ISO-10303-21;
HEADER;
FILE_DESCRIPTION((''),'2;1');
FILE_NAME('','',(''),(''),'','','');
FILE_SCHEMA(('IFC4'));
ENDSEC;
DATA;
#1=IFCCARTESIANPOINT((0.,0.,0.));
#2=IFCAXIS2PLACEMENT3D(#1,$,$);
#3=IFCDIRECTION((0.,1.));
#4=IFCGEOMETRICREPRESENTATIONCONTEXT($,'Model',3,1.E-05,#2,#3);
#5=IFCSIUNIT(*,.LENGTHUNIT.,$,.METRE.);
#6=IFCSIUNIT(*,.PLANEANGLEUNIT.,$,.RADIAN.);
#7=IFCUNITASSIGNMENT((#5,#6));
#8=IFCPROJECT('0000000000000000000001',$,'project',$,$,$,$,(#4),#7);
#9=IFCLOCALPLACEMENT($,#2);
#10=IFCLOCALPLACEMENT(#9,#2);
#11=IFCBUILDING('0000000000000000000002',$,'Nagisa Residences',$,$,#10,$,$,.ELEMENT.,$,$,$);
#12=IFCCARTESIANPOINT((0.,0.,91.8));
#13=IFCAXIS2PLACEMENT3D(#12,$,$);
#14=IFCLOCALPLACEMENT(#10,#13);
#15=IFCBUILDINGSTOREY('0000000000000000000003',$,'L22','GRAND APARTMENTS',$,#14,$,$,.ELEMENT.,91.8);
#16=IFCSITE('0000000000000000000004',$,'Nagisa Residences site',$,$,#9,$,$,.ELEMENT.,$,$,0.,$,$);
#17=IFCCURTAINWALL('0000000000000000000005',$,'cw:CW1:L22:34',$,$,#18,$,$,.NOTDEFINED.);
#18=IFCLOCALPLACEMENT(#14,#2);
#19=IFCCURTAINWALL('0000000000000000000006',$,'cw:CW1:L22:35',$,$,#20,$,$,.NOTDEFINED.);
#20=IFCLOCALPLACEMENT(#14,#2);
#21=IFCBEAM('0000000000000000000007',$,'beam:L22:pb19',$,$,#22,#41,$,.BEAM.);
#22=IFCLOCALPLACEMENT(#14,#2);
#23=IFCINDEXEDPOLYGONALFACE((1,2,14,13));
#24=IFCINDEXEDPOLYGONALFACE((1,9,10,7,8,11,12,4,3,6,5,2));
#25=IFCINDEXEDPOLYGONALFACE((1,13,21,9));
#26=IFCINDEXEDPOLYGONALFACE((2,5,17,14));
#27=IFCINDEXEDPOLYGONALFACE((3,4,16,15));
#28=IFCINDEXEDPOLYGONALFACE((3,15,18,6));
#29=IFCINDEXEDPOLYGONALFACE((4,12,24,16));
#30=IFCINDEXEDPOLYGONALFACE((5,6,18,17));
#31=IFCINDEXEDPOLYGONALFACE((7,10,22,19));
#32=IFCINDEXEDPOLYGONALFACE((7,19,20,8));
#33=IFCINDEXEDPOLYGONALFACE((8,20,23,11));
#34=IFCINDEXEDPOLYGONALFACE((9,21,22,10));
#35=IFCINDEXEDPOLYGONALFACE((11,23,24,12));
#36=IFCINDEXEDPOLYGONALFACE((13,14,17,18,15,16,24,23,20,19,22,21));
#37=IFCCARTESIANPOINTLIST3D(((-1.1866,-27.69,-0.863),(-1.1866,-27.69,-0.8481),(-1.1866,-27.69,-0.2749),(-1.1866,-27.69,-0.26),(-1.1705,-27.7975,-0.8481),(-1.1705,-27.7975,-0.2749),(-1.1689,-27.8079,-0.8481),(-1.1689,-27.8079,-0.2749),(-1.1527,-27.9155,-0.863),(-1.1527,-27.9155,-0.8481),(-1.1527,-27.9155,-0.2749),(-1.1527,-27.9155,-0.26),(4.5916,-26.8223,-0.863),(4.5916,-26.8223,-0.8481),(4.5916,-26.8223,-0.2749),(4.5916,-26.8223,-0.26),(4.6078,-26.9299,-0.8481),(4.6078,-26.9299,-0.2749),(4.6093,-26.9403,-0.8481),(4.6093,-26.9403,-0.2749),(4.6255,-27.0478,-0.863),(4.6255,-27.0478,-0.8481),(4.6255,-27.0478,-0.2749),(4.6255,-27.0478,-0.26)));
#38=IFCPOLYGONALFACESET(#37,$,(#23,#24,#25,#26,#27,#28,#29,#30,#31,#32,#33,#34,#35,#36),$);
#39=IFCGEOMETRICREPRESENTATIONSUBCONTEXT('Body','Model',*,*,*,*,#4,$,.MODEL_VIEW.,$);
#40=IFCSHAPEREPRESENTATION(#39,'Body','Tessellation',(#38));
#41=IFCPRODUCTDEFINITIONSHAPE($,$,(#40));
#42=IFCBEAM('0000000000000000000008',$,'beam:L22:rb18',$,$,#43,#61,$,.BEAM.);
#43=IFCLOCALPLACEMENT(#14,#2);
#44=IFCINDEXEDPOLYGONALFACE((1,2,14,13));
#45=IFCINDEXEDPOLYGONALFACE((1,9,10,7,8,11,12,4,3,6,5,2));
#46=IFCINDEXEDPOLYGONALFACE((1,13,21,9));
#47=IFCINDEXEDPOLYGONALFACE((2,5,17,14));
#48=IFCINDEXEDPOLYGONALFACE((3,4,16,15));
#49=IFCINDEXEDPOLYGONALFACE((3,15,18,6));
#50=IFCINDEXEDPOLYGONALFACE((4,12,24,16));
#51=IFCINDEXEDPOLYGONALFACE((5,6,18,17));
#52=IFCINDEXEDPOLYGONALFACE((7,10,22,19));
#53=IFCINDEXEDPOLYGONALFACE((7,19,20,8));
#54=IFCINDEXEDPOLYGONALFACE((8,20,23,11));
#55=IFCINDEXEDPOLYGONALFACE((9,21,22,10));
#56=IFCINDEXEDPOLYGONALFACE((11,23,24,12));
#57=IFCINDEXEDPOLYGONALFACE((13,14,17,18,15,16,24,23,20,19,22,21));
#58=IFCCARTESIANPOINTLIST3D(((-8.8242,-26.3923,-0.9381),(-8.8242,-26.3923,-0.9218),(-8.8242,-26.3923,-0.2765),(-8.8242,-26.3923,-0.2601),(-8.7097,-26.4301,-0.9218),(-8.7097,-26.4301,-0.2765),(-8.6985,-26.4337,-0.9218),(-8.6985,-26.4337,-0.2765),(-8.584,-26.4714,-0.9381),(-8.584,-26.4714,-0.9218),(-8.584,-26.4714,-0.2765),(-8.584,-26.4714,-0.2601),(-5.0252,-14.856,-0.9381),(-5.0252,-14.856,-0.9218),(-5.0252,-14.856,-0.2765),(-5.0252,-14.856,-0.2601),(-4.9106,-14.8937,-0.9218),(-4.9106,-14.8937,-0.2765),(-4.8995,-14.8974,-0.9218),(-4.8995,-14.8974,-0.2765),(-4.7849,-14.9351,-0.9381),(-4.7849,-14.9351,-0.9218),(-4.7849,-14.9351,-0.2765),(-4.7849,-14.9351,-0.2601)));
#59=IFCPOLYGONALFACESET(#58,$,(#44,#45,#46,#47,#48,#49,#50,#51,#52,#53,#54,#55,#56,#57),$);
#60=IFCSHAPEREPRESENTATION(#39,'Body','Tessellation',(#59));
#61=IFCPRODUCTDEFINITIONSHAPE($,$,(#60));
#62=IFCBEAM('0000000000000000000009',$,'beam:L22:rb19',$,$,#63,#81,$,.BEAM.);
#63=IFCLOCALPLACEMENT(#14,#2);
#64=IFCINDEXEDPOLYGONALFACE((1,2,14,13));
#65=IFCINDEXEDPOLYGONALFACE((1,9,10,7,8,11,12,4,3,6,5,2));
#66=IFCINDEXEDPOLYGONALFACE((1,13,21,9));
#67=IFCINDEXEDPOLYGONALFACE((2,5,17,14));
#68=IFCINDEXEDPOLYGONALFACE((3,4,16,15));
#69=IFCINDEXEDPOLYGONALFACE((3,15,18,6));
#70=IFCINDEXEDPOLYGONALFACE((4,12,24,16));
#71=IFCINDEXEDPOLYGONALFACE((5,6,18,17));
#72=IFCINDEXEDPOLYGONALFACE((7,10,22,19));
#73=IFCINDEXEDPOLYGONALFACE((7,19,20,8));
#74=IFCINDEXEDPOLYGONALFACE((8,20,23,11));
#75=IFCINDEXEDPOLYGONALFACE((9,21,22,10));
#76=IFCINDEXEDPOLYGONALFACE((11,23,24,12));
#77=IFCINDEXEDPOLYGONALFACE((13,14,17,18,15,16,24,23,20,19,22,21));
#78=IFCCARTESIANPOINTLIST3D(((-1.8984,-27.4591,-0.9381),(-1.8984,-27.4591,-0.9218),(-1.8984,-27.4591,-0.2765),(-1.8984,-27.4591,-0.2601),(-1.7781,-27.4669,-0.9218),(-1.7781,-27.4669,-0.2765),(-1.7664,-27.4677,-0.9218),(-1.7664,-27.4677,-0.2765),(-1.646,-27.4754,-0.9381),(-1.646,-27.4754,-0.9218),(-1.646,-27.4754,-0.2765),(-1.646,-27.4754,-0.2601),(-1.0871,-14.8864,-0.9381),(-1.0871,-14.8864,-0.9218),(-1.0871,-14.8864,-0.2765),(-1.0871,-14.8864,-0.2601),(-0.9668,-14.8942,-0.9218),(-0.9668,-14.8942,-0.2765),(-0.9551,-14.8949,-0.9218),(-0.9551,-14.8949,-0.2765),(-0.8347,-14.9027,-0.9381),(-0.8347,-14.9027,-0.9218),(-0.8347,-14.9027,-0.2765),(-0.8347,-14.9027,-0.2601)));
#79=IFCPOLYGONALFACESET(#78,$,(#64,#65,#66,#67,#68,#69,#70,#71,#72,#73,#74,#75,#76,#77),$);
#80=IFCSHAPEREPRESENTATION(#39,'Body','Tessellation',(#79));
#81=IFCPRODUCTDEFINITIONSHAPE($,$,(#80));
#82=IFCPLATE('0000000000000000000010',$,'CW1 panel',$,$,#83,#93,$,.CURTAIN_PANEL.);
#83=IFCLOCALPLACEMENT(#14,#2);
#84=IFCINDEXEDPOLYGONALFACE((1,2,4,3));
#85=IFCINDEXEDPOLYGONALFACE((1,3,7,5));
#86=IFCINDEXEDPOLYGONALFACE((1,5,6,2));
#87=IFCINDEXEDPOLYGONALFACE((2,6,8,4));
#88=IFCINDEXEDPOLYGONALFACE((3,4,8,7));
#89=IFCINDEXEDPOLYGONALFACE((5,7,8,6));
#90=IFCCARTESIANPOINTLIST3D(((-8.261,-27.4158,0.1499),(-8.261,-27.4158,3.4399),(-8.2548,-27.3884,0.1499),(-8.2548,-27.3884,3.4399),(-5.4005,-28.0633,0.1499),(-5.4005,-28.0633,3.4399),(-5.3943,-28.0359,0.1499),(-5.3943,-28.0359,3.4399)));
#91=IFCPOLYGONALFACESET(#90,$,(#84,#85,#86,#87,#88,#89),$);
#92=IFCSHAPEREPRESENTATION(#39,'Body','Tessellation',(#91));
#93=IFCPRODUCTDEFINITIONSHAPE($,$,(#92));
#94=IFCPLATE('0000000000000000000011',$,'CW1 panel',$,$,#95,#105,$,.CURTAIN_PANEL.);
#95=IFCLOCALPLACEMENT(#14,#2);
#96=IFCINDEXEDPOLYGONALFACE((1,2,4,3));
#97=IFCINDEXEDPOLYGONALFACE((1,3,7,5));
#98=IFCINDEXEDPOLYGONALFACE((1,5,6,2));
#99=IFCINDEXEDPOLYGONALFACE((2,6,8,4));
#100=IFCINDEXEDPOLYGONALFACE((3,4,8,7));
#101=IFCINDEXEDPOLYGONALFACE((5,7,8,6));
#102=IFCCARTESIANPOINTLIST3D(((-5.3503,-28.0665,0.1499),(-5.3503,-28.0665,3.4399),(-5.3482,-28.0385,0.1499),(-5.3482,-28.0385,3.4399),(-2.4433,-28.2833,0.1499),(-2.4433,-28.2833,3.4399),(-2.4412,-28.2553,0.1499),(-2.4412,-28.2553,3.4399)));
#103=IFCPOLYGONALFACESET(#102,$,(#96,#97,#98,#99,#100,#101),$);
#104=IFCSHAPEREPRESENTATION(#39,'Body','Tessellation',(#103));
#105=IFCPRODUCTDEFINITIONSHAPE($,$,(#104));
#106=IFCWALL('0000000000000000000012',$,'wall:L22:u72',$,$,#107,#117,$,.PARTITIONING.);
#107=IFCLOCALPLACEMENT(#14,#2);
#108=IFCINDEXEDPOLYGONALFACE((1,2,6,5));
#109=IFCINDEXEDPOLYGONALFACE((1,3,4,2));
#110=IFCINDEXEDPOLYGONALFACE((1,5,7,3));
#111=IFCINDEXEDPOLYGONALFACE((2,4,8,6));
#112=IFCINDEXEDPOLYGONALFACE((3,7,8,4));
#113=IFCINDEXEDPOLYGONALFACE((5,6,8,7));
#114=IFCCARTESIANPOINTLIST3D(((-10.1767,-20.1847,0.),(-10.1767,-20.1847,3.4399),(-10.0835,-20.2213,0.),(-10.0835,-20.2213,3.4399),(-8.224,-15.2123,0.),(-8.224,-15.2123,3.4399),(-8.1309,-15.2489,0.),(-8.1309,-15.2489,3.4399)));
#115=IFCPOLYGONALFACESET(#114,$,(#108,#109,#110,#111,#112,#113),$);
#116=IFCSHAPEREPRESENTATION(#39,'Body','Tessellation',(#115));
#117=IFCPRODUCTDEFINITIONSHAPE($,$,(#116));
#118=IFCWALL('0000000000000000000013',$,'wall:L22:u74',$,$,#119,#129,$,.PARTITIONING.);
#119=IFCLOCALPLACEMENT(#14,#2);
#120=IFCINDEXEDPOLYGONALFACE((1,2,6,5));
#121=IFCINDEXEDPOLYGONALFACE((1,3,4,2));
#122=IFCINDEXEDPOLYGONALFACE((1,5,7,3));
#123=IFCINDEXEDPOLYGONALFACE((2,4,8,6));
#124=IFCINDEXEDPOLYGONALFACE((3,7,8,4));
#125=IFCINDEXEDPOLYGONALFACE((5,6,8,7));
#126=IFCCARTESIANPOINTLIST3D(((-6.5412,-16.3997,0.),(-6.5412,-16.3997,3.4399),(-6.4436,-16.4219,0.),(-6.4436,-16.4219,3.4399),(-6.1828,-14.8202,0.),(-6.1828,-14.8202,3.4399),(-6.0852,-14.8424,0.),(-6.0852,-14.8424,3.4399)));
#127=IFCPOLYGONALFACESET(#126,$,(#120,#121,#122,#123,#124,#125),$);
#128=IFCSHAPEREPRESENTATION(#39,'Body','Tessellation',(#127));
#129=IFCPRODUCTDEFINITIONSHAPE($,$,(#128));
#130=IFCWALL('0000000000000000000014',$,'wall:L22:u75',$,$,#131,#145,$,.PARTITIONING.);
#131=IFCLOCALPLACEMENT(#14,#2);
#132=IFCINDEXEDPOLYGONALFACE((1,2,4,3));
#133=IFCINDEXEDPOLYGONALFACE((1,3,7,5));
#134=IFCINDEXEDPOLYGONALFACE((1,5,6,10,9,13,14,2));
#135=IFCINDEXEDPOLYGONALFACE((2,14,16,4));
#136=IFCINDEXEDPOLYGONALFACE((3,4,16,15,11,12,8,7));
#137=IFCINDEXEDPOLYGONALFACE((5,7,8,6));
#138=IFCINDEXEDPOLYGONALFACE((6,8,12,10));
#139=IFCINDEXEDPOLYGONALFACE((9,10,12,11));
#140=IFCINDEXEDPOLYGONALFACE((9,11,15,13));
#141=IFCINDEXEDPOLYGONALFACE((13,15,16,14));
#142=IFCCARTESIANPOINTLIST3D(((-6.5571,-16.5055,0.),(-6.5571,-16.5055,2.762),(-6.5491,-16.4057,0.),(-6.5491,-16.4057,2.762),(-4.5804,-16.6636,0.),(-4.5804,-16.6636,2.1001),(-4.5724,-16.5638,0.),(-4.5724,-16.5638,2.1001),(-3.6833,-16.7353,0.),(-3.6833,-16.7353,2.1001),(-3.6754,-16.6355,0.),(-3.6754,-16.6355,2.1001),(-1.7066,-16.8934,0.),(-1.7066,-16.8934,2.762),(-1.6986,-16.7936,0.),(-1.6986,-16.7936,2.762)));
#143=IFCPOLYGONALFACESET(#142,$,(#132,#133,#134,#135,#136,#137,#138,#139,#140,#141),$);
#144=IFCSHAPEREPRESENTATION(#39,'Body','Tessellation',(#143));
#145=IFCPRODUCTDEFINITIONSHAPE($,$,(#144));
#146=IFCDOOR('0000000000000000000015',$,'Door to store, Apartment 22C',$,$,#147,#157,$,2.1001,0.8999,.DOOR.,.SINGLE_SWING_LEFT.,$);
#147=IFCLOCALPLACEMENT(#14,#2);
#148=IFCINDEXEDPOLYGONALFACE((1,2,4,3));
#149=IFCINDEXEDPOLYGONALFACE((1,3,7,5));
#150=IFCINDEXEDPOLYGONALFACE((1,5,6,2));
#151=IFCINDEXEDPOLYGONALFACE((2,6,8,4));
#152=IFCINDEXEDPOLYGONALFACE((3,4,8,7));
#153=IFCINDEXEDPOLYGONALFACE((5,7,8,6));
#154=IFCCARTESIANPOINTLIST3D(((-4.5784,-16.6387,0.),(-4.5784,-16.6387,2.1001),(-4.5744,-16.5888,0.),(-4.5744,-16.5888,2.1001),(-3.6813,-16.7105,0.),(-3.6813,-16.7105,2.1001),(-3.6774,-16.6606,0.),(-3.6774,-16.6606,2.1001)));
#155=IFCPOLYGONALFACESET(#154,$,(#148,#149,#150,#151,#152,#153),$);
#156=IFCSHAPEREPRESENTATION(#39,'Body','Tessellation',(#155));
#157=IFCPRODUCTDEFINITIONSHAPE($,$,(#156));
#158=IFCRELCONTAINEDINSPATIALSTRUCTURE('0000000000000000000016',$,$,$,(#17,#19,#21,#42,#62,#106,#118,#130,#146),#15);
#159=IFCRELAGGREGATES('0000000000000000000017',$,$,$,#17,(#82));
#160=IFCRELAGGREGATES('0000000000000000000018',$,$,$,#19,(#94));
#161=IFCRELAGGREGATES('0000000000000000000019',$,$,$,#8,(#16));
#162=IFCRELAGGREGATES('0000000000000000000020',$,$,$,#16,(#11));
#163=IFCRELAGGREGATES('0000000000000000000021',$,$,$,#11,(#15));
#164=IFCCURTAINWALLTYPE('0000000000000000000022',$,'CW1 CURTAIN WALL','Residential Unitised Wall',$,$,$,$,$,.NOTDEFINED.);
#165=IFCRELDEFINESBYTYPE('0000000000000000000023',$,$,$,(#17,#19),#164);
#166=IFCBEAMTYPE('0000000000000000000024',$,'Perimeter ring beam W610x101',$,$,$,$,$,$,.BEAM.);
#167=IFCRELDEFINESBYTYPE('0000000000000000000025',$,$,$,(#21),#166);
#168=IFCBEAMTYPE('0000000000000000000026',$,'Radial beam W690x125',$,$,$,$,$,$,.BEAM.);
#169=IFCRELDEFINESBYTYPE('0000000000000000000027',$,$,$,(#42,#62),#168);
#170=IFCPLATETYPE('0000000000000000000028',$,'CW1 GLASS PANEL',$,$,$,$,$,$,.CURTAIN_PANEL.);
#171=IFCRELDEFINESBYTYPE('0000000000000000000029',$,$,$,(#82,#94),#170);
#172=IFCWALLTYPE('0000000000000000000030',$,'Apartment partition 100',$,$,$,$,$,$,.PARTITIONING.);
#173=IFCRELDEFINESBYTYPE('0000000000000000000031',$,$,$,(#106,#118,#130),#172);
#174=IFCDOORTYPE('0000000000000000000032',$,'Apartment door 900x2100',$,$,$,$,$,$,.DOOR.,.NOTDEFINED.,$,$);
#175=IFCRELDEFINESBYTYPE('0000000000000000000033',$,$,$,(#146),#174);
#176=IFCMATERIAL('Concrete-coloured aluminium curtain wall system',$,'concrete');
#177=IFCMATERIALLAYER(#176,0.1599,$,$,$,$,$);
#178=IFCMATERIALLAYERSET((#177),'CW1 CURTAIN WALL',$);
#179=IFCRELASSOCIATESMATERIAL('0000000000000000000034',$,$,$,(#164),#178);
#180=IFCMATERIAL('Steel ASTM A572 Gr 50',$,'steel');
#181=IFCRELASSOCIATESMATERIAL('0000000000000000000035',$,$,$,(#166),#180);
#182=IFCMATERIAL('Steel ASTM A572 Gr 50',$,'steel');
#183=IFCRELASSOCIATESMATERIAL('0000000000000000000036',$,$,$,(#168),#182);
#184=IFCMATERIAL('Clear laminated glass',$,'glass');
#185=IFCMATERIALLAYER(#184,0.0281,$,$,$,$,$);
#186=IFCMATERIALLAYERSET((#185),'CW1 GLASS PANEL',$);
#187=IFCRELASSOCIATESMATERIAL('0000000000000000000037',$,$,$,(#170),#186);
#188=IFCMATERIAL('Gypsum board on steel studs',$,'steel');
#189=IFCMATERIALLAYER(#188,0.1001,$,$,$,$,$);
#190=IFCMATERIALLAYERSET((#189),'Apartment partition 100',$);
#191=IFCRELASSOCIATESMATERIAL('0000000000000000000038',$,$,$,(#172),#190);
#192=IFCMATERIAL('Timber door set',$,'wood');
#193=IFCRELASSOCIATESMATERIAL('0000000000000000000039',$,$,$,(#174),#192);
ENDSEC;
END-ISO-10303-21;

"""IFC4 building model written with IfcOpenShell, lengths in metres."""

from ifc_helpers import new_model, si_unit, direction, frame, frame_2d, origin, origin_2d, place, context, subcontext, project, spatial, rectangle, i_section, extrude, material, layer, layer_set, material_profile, profile_set, type_object, element, fill, aggregate, save


model = new_model("IFC4")

# Units and contexts
model_context = context("Model", 3, precision=1e-05, world=origin(), true_north=direction((0.0, 1.0)))
body_context = subcontext(model_context, "Body", "Model", "MODEL_VIEW")
ifc_project = project(units=[si_unit("LENGTHUNIT", "METRE"), si_unit("PLANEANGLEUNIT", "RADIAN")], contexts=[model_context])

# Site, building, storey
site_placement = place(None, origin())
site = spatial("IfcSite", under=ifc_project, at=site_placement, Name="Nagisa Residences site", CompositionType="ELEMENT", RefElevation=0.0)
building_placement = place(site_placement, origin())
building = spatial("IfcBuilding", under=site, at=building_placement, Name="Nagisa Residences", CompositionType="ELEMENT")
storey_placement = place(building_placement, frame((0.0, 0.0, 91.8)))
storey = spatial("IfcBuildingStorey", under=building, at=storey_placement, Name="L22", Description="GRAND APARTMENTS", CompositionType="ELEMENT", Elevation=91.8)

# Curtain walls
ifc_material_1 = material(Name="Concrete-coloured aluminium curtain wall system", Category="concrete")
ifc_layer_1 = layer(ifc_material_1, 0.1599)
ifc_layer_set_1 = layer_set([ifc_layer_1], Name="CW1 CURTAIN WALL")
curtain_wall_type = type_object("IfcCurtainWallType", Name="CW1 CURTAIN WALL", Description="Residential Unitised Wall", PredefinedType="NOTDEFINED", material=ifc_layer_set_1)
curtain_wall_1_placement = place(storey_placement, origin())
curtain_wall_1 = element("IfcCurtainWall", 1, at=curtain_wall_1_placement, inside=storey, type_object=curtain_wall_type, Name="cw:CW1:L22:34", PredefinedType="NOTDEFINED")
curtain_wall_2_placement = place(storey_placement, origin())
curtain_wall_2 = element("IfcCurtainWall", 2, at=curtain_wall_2_placement, inside=storey, type_object=curtain_wall_type, Name="cw:CW1:L22:35", PredefinedType="NOTDEFINED")

# Beams
ifc_material_2 = material(Name="Steel ASTM A572 Gr 50", Category="steel")
ifc_material_profile_1 = material_profile(ifc_material_2, i_section(OverallWidth=0.228, OverallDepth=0.603, WebThickness=0.0105, FlangeThickness=0.0149, at=origin_2d()), Name="W610x101")
ifc_profile_set_1 = profile_set([ifc_material_profile_1], Name="Steel ASTM A572 Gr 50")
beam_type_1 = type_object("IfcBeamType", Name="Perimeter ring beam W610x101", PredefinedType="BEAM", material=ifc_profile_set_1)
for number, where, z_axis, x_axis, name in (
    (3, (-1.1697, -27.8027, -0.5615), (0.988913, 0.148496, 0.0), (-0.148496, 0.988913, 0.0), "beam:L22:pb19"),
):
    element("IfcBeam", number, at=place(storey_placement, frame(where, z_axis=z_axis, x_axis=x_axis)), inside=storey, type_object=beam_type_1, Name=name, PredefinedType="BEAM", context=body_context, shape_type="SweptSolid", body=[
        extrude(i_section(OverallWidth=0.228, OverallDepth=0.603, WebThickness=0.0105, FlangeThickness=0.0149, at=origin_2d()), origin(), (0.0, 0.0, 1.0), 5.843),
    ])
ifc_material_3 = material(Name="Steel ASTM A572 Gr 50", Category="steel")
ifc_material_profile_2 = material_profile(ifc_material_3, i_section(OverallWidth=0.2529, OverallDepth=0.678, WebThickness=0.0117, FlangeThickness=0.0164, at=origin_2d()), Name="W690x125")
ifc_profile_set_2 = profile_set([ifc_material_profile_2], Name="Steel ASTM A572 Gr 50")
beam_type_2 = type_object("IfcBeamType", Name="Radial beam W690x125", PredefinedType="BEAM", material=ifc_profile_set_2)
beam_1_placement = place(storey_placement, frame((-8.7041, -26.4319, -0.5991), z_axis=(0.312788, 0.949823, 0.0), x_axis=(-0.949823, 0.312788, 0.0)))
element("IfcBeam", 4, at=beam_1_placement, inside=storey, type_object=beam_type_2, Name="beam:L22:rb18", PredefinedType="BEAM", context=body_context, shape_type="SweptSolid", body=[
    extrude(i_section(OverallWidth=0.2529, OverallDepth=0.678, WebThickness=0.0117, FlangeThickness=0.0164, at=origin_2d()), origin(), (0.0, 0.0, 1.0), 12.1458),
])
beam_2_placement = place(storey_placement, frame((-1.7722, -27.4673, -0.5991), z_axis=(0.064393, 0.997925, 0.0), x_axis=(-0.997925, 0.064393, 0.0)))
element("IfcBeam", 5, at=beam_2_placement, inside=storey, type_object=beam_type_2, Name="beam:L22:rb19", PredefinedType="BEAM", context=body_context, shape_type="SweptSolid", body=[
    extrude(i_section(OverallWidth=0.2529, OverallDepth=0.678, WebThickness=0.0117, FlangeThickness=0.0164, at=origin_2d()), origin(), (0.0, 0.0, 1.0), 12.5989),
])

# Plates
ifc_material_4 = material(Name="Clear laminated glass", Category="glass")
ifc_layer_2 = layer(ifc_material_4, 0.0281)
ifc_layer_set_2 = layer_set([ifc_layer_2], Name="CW1 GLASS PANEL")
plate_type = type_object("IfcPlateType", Name="CW1 GLASS PANEL", PredefinedType="CURTAIN_PANEL", material=ifc_layer_set_2)
plate_1_placement = place(storey_placement, frame((-6.8276, -27.7258, 0.1499), z_axis=(0.0, 0.0, 1.0), x_axis=(0.975327, -0.220764, 0.0)))
plate_1 = element("IfcPlate", 6, at=plate_1_placement, type_object=plate_type, Name="CW1 panel", PredefinedType="CURTAIN_PANEL", context=body_context, shape_type="SweptSolid", body=[
    extrude(rectangle(XDim=2.9329, YDim=0.0281, at=origin_2d()), origin(), (0.0, 0.0, 1.0), 3.29),
])
aggregate(curtain_wall_1, [plate_1])
plate_2_placement = place(storey_placement, frame((-3.8958, -28.1609, 0.1499), z_axis=(0.0, 0.0, 1.0), x_axis=(0.99723, -0.074377, 0.0)))
plate_2 = element("IfcPlate", 7, at=plate_2_placement, type_object=plate_type, Name="CW1 panel", PredefinedType="CURTAIN_PANEL", context=body_context, shape_type="SweptSolid", body=[
    extrude(rectangle(XDim=2.915, YDim=0.0281, at=origin_2d()), origin(), (0.0, 0.0, 1.0), 3.29),
])
aggregate(curtain_wall_2, [plate_2])

# Walls
ifc_material_5 = material(Name="Gypsum board on steel studs", Category="steel")
ifc_layer_3 = layer(ifc_material_5, 0.1001)
ifc_layer_set_3 = layer_set([ifc_layer_3], Name="Apartment partition 100")
wall_type = type_object("IfcWallType", Name="Apartment partition 100", PredefinedType="PARTITIONING", material=ifc_layer_set_3)
wall_1_placement = place(storey_placement, frame((-8.1775, -15.2307, 0.0), z_axis=(0.0, 0.0, 1.0), x_axis=(-0.365521, -0.930803, 0.0)))
element("IfcWall", 8, at=wall_1_placement, inside=storey, type_object=wall_type, Name="wall:L22:u72", PredefinedType="PARTITIONING", context=body_context, shape_type="SweptSolid", body=[
    extrude(rectangle(XDim=5.342, YDim=0.1001, at=frame_2d((2.6709, 0.0))), origin(), (0.0, 0.0, 1.0), 3.4399),
])
wall_2_placement = place(storey_placement, frame((-6.134, -14.8313, 0.0), z_axis=(0.0, 0.0, 1.0), x_axis=(-0.221269, -0.975213, 0.0)))
element("IfcWall", 9, at=wall_2_placement, inside=storey, type_object=wall_type, Name="wall:L22:u74", PredefinedType="PARTITIONING", context=body_context, shape_type="SweptSolid", body=[
    extrude(rectangle(XDim=1.6196, YDim=0.1001, at=frame_2d((0.8098, 0.0))), origin(), (0.0, 0.0, 1.0), 3.4399),
])

# Wall, opening, door
wall_3_placement = place(storey_placement, frame((-6.5532, -16.4556, 0.0), z_axis=(0.0, 0.0, 1.0), x_axis=(0.996817, -0.079723, 0.0)))
wall_3 = element("IfcWall", 10, at=wall_3_placement, inside=storey, type_object=wall_type, Name="wall:L22:u75", PredefinedType="PARTITIONING", context=body_context, shape_type="SweptSolid", body=[
    extrude(rectangle(XDim=4.866, YDim=0.1001, at=frame_2d((2.4331, 0.0))), origin(), (0.0, 0.0, 1.0), 2.762),
])
opening_1_placement = place(wall_3_placement, frame((1.9832, 0.0, 0.0)))
opening_1 = element("IfcOpeningElement", 11, at=opening_1_placement, cuts=wall_3, PredefinedType="OPENING", context=body_context, shape_type="SweptSolid", body=[
    extrude(rectangle(XDim=0.8999, YDim=2.1001, at=frame_2d((0.45, 1.05))), frame((0.0, 0.0601, 0.0), z_axis=(0.0, -1.0, 0.0), x_axis=(1.0, 0.0, 0.0)), (0.0, 0.0, 1.0), 0.1201),
])
ifc_material_6 = material(Name="Timber door set", Category="wood")
door_type = type_object("IfcDoorType", Name="Apartment door 900x2100", OperationType="NOTDEFINED", PredefinedType="DOOR", material=ifc_material_6)
door_1_placement = place(opening_1_placement, origin())
door_1 = element("IfcDoor", 12, at=door_1_placement, inside=storey, type_object=door_type, Name="Door to store, Apartment 22C", OperationType="SINGLE_SWING_LEFT", OverallHeight=2.1001, OverallWidth=0.8999, PredefinedType="DOOR", context=body_context, shape_type="SweptSolid", body=[
    extrude(rectangle(XDim=0.8999, YDim=2.1001, at=frame_2d((0.45, 1.05))), frame((0.0, 0.0249, 0.0), z_axis=(0.0, -1.0, 0.0), x_axis=(1.0, 0.0, 0.0)), (0.0, 0.0, 1.0), 0.05),
])
fill(opening_1, door_1)

save(model, "model.ifc")
